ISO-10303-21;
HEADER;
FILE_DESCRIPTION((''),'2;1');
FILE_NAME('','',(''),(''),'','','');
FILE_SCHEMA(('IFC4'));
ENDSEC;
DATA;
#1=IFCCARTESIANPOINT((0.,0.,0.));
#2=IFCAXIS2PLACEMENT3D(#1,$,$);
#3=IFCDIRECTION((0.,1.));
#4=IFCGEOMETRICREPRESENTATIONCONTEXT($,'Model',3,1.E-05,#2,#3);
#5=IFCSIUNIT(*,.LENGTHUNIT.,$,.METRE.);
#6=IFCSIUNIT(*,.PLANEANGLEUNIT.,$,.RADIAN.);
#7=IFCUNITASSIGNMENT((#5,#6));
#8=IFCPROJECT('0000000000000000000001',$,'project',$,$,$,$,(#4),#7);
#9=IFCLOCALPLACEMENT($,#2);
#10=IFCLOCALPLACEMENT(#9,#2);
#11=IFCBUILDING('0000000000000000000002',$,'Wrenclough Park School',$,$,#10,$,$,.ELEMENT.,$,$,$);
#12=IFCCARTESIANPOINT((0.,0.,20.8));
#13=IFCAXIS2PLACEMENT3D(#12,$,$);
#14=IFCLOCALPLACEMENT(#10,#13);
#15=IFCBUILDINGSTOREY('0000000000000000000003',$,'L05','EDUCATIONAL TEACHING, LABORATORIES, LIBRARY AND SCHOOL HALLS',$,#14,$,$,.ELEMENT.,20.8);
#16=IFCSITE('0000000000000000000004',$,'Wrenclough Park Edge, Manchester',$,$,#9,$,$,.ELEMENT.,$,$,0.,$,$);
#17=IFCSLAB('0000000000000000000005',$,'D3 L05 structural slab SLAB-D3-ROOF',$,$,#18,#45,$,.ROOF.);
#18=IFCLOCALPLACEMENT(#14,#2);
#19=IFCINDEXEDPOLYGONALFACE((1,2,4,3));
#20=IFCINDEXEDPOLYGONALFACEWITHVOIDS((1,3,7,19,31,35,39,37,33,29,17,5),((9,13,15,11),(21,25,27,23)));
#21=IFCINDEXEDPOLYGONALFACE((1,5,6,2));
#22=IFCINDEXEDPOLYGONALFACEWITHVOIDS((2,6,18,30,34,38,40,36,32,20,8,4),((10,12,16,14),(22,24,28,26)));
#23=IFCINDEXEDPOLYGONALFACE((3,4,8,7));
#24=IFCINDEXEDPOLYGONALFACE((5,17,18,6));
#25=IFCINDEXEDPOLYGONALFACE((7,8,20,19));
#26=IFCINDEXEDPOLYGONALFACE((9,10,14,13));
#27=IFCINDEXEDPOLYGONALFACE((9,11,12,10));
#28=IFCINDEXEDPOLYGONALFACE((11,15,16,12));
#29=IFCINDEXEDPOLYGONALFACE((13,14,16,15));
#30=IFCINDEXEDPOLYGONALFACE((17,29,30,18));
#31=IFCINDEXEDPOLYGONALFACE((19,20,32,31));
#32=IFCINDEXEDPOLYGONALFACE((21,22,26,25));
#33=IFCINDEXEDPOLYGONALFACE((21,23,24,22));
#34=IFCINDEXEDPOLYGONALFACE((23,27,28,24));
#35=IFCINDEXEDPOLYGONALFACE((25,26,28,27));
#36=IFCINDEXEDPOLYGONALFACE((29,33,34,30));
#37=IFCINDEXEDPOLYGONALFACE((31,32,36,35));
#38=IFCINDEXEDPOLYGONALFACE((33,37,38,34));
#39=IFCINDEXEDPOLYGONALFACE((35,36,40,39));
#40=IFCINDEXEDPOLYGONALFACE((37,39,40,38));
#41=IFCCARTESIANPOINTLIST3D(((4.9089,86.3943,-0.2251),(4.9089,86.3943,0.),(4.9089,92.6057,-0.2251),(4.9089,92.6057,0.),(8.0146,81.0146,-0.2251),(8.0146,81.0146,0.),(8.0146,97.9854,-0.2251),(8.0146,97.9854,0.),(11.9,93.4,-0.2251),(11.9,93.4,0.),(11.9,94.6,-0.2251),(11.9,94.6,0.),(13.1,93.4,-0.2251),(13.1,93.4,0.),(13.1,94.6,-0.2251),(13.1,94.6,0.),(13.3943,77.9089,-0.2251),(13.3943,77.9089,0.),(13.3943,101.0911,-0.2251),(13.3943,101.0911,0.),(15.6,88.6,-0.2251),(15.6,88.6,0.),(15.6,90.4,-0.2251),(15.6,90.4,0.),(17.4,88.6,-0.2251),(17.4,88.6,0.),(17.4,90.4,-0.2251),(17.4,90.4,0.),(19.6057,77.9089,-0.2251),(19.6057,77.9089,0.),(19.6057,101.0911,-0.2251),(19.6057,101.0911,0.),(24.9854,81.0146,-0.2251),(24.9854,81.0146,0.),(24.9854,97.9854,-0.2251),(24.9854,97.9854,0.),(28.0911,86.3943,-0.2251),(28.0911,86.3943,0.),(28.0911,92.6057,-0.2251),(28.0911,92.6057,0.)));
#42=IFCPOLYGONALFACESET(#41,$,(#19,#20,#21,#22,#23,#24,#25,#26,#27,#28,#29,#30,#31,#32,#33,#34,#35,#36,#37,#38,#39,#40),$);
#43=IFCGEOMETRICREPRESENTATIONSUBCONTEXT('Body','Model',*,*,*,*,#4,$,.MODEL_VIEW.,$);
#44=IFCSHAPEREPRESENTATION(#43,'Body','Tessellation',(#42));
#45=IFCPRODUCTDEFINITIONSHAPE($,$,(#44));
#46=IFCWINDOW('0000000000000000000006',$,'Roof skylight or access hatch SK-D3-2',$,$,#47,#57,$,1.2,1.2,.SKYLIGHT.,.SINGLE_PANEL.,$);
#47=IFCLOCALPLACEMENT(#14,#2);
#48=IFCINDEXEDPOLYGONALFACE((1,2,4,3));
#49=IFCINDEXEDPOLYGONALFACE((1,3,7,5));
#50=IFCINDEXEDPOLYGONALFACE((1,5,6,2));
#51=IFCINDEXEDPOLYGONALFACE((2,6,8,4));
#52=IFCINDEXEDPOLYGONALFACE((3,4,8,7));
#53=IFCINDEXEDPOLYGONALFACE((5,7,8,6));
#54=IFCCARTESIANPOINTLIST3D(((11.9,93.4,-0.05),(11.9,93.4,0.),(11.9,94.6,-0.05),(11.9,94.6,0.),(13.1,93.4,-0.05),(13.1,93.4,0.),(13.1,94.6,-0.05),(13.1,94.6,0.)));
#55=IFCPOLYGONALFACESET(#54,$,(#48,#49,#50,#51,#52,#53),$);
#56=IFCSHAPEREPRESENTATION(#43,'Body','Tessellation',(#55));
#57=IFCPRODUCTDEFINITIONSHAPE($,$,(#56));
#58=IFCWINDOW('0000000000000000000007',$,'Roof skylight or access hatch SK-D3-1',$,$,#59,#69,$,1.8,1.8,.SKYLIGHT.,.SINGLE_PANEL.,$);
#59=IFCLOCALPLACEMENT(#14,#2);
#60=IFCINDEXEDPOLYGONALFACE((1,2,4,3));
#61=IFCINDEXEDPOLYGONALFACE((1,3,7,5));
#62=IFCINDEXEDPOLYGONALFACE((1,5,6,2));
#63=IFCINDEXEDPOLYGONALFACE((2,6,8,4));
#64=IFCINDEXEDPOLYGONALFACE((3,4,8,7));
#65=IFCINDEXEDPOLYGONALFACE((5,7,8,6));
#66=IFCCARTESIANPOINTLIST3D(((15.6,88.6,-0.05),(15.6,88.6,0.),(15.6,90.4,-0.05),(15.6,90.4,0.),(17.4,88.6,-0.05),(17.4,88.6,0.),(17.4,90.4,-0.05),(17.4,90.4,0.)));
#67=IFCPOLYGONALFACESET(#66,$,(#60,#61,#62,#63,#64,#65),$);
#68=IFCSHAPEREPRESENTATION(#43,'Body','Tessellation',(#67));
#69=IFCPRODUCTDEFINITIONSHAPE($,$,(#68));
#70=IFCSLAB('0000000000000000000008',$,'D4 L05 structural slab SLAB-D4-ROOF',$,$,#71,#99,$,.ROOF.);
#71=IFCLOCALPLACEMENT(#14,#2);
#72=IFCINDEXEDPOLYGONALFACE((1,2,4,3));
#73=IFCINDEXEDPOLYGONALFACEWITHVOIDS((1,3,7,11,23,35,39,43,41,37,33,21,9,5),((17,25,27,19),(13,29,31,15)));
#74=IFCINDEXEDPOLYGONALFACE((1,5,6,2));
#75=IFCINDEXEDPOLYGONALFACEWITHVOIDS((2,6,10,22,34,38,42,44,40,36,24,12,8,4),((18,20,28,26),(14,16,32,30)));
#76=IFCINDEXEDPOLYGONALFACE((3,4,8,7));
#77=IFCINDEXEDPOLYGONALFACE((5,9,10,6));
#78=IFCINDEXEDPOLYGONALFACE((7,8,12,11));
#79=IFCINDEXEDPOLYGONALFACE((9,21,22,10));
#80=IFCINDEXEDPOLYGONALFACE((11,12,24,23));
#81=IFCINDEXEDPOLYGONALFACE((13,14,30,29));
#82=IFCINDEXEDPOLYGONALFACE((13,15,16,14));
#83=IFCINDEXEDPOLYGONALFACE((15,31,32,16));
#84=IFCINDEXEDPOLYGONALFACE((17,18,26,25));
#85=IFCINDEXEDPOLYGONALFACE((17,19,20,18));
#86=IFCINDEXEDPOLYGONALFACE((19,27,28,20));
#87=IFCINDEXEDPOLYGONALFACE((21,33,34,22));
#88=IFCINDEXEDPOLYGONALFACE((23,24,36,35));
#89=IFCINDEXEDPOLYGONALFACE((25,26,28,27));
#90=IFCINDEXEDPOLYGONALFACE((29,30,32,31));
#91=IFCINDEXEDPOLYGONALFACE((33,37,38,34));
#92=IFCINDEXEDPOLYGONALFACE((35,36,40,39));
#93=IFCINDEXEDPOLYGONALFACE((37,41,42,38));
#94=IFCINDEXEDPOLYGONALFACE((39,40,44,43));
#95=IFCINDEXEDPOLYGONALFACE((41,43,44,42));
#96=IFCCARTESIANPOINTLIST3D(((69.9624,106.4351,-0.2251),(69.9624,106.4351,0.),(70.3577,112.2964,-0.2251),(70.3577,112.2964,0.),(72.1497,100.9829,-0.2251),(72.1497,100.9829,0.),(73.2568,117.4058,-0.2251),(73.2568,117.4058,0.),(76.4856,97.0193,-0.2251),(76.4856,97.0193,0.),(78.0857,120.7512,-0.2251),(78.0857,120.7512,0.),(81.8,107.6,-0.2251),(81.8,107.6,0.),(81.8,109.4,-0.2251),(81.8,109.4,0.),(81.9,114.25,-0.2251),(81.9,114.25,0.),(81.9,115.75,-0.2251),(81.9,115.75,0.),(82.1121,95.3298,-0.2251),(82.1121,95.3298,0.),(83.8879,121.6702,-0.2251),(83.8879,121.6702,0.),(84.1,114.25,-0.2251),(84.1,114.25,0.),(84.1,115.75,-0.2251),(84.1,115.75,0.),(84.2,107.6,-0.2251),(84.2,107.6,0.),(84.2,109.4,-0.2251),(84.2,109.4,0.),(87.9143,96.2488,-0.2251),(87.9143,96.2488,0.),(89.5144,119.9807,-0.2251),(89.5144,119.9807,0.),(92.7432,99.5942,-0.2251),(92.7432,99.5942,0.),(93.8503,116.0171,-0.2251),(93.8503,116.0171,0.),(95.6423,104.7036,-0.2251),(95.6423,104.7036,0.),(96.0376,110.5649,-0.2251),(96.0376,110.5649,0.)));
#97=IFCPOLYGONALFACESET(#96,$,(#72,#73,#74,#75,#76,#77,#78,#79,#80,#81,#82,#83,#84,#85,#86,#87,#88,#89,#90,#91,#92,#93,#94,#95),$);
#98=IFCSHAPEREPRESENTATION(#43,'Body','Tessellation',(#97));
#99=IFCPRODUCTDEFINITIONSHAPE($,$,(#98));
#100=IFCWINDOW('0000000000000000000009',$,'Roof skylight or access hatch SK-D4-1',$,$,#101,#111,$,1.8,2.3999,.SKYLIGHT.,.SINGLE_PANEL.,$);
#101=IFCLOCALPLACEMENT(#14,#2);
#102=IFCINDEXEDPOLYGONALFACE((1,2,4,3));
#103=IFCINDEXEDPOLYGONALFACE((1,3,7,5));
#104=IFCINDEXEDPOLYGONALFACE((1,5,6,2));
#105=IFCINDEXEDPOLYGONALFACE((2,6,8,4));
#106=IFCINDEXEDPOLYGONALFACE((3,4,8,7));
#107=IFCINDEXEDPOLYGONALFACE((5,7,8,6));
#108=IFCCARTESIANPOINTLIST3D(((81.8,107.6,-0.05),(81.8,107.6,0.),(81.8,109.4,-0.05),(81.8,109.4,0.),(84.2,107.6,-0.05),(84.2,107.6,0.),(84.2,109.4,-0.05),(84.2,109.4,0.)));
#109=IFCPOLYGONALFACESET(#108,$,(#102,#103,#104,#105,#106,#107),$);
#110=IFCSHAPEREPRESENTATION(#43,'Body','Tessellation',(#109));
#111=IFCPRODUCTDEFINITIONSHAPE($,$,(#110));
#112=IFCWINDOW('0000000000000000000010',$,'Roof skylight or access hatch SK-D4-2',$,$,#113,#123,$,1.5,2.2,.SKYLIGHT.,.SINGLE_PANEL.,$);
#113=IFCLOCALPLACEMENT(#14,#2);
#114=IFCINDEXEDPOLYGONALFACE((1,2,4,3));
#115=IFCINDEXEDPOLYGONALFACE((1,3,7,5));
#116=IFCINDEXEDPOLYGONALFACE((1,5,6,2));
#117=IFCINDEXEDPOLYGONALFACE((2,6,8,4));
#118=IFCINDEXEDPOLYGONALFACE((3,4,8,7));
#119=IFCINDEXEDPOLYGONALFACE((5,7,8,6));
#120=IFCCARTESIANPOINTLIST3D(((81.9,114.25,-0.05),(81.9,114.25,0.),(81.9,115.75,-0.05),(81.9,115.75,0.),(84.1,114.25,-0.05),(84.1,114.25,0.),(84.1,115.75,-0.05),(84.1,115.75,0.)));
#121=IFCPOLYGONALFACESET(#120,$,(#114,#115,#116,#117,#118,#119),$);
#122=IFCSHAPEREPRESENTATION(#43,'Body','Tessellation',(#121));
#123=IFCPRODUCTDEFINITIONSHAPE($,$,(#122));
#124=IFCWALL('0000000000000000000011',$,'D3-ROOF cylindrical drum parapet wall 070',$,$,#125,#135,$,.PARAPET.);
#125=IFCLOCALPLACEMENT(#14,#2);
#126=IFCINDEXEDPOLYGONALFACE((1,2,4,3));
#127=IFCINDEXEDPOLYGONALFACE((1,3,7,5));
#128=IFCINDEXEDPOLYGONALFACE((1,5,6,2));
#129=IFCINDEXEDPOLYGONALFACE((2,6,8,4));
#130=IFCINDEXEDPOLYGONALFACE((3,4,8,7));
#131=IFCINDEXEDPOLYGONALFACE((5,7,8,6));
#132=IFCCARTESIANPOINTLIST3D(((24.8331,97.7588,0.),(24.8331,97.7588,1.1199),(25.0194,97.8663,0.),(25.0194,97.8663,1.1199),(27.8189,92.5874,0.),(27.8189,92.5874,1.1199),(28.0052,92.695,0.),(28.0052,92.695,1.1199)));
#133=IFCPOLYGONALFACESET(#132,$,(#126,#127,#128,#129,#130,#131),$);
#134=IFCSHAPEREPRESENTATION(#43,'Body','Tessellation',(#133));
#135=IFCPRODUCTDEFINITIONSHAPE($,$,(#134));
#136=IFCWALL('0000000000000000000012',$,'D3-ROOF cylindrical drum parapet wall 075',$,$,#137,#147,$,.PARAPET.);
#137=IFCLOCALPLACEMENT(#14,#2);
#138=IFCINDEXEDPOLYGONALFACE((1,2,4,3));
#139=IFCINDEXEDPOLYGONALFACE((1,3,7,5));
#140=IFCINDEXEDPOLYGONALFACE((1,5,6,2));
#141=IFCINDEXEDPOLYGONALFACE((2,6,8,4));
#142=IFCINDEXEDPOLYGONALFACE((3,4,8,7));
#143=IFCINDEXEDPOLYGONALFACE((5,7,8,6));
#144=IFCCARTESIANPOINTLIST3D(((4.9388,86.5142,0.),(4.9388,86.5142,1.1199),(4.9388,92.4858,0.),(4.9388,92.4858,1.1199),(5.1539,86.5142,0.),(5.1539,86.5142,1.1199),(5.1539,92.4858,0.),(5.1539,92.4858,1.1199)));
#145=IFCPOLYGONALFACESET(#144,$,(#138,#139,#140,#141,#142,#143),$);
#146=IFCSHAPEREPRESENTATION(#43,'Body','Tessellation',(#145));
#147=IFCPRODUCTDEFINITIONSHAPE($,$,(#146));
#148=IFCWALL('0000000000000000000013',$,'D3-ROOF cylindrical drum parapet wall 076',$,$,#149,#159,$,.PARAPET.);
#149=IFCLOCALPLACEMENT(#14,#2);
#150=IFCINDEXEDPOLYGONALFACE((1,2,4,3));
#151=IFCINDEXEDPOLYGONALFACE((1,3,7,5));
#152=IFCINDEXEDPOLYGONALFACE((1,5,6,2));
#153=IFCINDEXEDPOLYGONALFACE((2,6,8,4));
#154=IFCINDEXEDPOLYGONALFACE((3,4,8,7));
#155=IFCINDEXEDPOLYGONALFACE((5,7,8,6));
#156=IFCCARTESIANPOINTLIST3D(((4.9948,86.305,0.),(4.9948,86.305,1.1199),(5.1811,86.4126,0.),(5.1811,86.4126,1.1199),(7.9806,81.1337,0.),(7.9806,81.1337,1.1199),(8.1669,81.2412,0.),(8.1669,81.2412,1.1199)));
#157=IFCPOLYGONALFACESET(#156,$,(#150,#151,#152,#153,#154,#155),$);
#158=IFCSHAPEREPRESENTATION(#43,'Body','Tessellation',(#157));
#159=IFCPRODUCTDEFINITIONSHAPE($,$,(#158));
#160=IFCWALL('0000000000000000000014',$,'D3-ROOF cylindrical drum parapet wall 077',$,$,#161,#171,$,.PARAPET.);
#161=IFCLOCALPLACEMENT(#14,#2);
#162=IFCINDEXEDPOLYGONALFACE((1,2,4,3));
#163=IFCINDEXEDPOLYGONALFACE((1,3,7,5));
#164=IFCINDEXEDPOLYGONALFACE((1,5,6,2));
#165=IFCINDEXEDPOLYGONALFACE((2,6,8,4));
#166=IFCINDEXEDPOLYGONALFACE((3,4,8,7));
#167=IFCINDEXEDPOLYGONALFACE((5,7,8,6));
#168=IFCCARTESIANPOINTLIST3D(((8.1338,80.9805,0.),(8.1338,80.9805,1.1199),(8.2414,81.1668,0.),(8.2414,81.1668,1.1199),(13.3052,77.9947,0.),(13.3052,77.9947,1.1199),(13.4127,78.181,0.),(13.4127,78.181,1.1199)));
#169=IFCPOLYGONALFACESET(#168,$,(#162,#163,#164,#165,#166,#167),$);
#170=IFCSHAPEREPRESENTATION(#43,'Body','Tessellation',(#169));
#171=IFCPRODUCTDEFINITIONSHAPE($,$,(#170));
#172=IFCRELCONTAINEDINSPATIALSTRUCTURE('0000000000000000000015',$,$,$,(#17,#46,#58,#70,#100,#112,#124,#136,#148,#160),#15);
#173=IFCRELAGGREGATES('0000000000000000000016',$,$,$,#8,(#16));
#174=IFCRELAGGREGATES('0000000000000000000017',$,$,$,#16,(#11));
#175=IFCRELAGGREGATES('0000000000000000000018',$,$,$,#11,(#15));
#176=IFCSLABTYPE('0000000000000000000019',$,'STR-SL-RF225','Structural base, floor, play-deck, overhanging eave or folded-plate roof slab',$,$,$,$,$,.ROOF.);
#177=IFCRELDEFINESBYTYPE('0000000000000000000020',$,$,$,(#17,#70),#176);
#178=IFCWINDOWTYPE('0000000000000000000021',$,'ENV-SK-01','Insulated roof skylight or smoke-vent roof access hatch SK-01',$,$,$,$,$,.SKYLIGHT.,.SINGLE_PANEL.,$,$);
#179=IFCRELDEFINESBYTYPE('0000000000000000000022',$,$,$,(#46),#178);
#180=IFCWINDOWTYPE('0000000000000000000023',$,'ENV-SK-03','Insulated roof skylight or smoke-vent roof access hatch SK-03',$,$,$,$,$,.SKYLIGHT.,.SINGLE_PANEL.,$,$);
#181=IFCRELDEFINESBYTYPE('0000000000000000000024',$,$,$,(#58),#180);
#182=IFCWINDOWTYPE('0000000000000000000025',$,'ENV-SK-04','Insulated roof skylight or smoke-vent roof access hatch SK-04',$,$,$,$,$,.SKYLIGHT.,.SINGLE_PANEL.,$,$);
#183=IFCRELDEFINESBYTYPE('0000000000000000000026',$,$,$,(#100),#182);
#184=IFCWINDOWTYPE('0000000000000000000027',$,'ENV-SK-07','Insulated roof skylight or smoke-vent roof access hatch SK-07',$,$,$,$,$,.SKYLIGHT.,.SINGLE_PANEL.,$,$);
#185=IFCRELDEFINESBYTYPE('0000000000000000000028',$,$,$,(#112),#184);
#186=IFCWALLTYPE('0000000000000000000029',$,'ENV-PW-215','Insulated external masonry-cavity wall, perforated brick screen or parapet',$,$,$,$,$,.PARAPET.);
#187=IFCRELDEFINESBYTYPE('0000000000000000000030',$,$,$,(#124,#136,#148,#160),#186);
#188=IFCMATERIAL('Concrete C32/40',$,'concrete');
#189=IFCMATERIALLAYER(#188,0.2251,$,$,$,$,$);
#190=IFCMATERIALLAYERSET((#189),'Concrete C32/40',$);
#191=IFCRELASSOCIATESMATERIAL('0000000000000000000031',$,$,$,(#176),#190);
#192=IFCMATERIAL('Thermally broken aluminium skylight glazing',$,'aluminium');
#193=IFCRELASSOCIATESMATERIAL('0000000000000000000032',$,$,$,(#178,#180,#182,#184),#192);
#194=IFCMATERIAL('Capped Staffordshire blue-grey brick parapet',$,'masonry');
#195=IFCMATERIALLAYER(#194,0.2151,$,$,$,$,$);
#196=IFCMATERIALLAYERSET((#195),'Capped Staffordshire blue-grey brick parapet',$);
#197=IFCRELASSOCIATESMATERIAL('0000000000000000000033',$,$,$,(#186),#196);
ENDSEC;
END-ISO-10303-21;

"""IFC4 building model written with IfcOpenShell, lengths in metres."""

from ifc_helpers import new_model, si_unit, direction, frame, frame_2d, origin, origin_2d, place, context, subcontext, project, spatial, polyline, rectangle, outline, extrude, material, layer, layer_set, type_object, element, fill, save


model = new_model("IFC4")

# Units and contexts
model_context = context("Model", 3, precision=1e-05, world=origin(), true_north=direction((0.0, 1.0)))
body_context = subcontext(model_context, "Body", "Model", "MODEL_VIEW")
ifc_project = project(units=[si_unit("LENGTHUNIT", "METRE"), si_unit("PLANEANGLEUNIT", "RADIAN")], contexts=[model_context])

# Site, building, storey
site_placement = place(None, origin())
site = spatial("IfcSite", under=ifc_project, at=site_placement, Name="Wrenclough Park Edge, Manchester", CompositionType="ELEMENT", RefElevation=0.0)
building_placement = place(site_placement, origin())
building = spatial("IfcBuilding", under=site, at=building_placement, Name="Wrenclough Park School", CompositionType="ELEMENT")
storey_placement = place(building_placement, frame((0.0, 0.0, 20.8)))
storey = spatial("IfcBuildingStorey", under=building, at=storey_placement, Name="L05", Description="EDUCATIONAL TEACHING, LABORATORIES, LIBRARY AND SCHOOL HALLS", CompositionType="ELEMENT", Elevation=20.8)

# Shared definitions
ifc_material_1 = material(Name="Concrete C32/40", Category="concrete")

# Slabs, openings, windows
ifc_layer_1 = layer(ifc_material_1, 0.2251)
ifc_layer_set_1 = layer_set([ifc_layer_1], Name="Concrete C32/40")
slab_type_1 = type_object("IfcSlabType", Name="STR-SL-RF225", Description="Structural base, floor, play-deck, overhanging eave or folded-plate roof slab", PredefinedType="ROOF", material=ifc_layer_set_1)
slab_1_placement = place(storey_placement, frame((0.0, 0.0, -0.2251)))
slab_1 = element("IfcSlab", 1, at=slab_1_placement, inside=storey, type_object=slab_type_1, Name="D3 L05 structural slab SLAB-D3-ROOF", PredefinedType="ROOF", context=body_context, shape_type="SweptSolid", body=[
    extrude(outline(polyline([(28.0911, 92.6057), (24.9854, 97.9854), (19.6057, 101.0911), (13.3943, 101.0911), (8.0146, 97.9854), (4.9089, 92.6057), (4.9089, 86.3943), (8.0146, 81.0146), (13.3943, 77.9089), (19.6057, 77.9089), (24.9854, 81.0146), (28.0911, 86.3943), (28.0911, 92.6057)])), origin(), (0.0, 0.0, 1.0), 0.2251),
])
opening_1_placement = place(slab_1_placement, frame((16.5, 89.5, -0.01)))
opening_1 = element("IfcOpeningElement", 2, at=opening_1_placement, cuts=slab_1, PredefinedType="OPENING", context=body_context, shape_type="SweptSolid", body=[
    extrude(rectangle(XDim=1.8, YDim=1.8, at=origin_2d()), origin(), (0.0, 0.0, 1.0), 0.2451),
])
opening_2_placement = place(slab_1_placement, frame((12.5, 94.0, -0.01)))
opening_2 = element("IfcOpeningElement", 3, at=opening_2_placement, cuts=slab_1, PredefinedType="OPENING", context=body_context, shape_type="SweptSolid", body=[
    extrude(rectangle(XDim=1.2, YDim=1.2, at=origin_2d()), origin(), (0.0, 0.0, 1.0), 0.2451),
])
ifc_material_2 = material(Name="Thermally broken aluminium skylight glazing", Category="aluminium")
window_type_1 = type_object("IfcWindowType", Name="ENV-SK-01", Description="Insulated roof skylight or smoke-vent roof access hatch SK-01", PartitioningType="SINGLE_PANEL", PredefinedType="SKYLIGHT", material=ifc_material_2)
placement_1 = place(slab_1_placement, frame((12.5, 94.0, 0.0)))
window_1_placement = place(placement_1, frame((0.0, 0.0, 0.175)))
window_1 = element("IfcWindow", 4, at=window_1_placement, inside=storey, type_object=window_type_1, Name="Roof skylight or access hatch SK-D3-2", OverallHeight=1.2, OverallWidth=1.2, PartitioningType="SINGLE_PANEL", PredefinedType="SKYLIGHT", context=body_context, shape_type="SweptSolid", body=[
    extrude(rectangle(XDim=1.2, YDim=1.2, at=origin_2d()), origin(), (0.0, 0.0, 1.0), 0.05),
])
fill(opening_2, window_1)
window_type_2 = type_object("IfcWindowType", Name="ENV-SK-03", Description="Insulated roof skylight or smoke-vent roof access hatch SK-03", PartitioningType="SINGLE_PANEL", PredefinedType="SKYLIGHT", material=ifc_material_2)
placement_2 = place(slab_1_placement, frame((16.5, 89.5, 0.0)))
window_2_placement = place(placement_2, frame((0.0, 0.0, 0.175)))
window_2 = element("IfcWindow", 5, at=window_2_placement, inside=storey, type_object=window_type_2, Name="Roof skylight or access hatch SK-D3-1", OverallHeight=1.8, OverallWidth=1.8, PartitioningType="SINGLE_PANEL", PredefinedType="SKYLIGHT", context=body_context, shape_type="SweptSolid", body=[
    extrude(rectangle(XDim=1.8, YDim=1.8, at=origin_2d()), origin(), (0.0, 0.0, 1.0), 0.05),
])
fill(opening_1, window_2)
slab_2_placement = place(storey_placement, frame((0.0, 0.0, -0.2251)))
slab_2 = element("IfcSlab", 6, at=slab_2_placement, inside=storey, type_object=slab_type_1, Name="D4 L05 structural slab SLAB-D4-ROOF", PredefinedType="ROOF", context=body_context, shape_type="SweptSolid", body=[
    extrude(outline(polyline([(96.0376, 110.5649), (93.8503, 116.0171), (89.5144, 119.9807), (83.8879, 121.6702), (78.0857, 120.7512), (73.2568, 117.4058), (70.3577, 112.2964), (69.9624, 106.4351), (72.1497, 100.9829), (76.4856, 97.0193), (82.1121, 95.3298), (87.9143, 96.2488), (92.7432, 99.5942), (95.6423, 104.7036), (96.0376, 110.5649)])), origin(), (0.0, 0.0, 1.0), 0.2251),
])
opening_3_placement = place(slab_2_placement, frame((83.0, 108.5, -0.01)))
opening_3 = element("IfcOpeningElement", 7, at=opening_3_placement, cuts=slab_2, PredefinedType="OPENING", context=body_context, shape_type="SweptSolid", body=[
    extrude(rectangle(XDim=2.3999, YDim=1.8, at=origin_2d()), origin(), (0.0, 0.0, 1.0), 0.2451),
])
opening_4_placement = place(slab_2_placement, frame((83.0, 115.0, -0.01)))
opening_4 = element("IfcOpeningElement", 8, at=opening_4_placement, cuts=slab_2, PredefinedType="OPENING", context=body_context, shape_type="SweptSolid", body=[
    extrude(rectangle(XDim=2.2, YDim=1.5, at=origin_2d()), origin(), (0.0, 0.0, 1.0), 0.2451),
])
window_type_3 = type_object("IfcWindowType", Name="ENV-SK-04", Description="Insulated roof skylight or smoke-vent roof access hatch SK-04", PartitioningType="SINGLE_PANEL", PredefinedType="SKYLIGHT", material=ifc_material_2)
placement_3 = place(slab_2_placement, frame((83.0, 108.5, 0.0)))
window_3_placement = place(placement_3, frame((0.0, 0.0, 0.175)))
window_3 = element("IfcWindow", 9, at=window_3_placement, inside=storey, type_object=window_type_3, Name="Roof skylight or access hatch SK-D4-1", OverallHeight=1.8, OverallWidth=2.3999, PartitioningType="SINGLE_PANEL", PredefinedType="SKYLIGHT", context=body_context, shape_type="SweptSolid", body=[
    extrude(rectangle(XDim=2.3999, YDim=1.8, at=origin_2d()), origin(), (0.0, 0.0, 1.0), 0.05),
])
fill(opening_3, window_3)
window_type_4 = type_object("IfcWindowType", Name="ENV-SK-07", Description="Insulated roof skylight or smoke-vent roof access hatch SK-07", PartitioningType="SINGLE_PANEL", PredefinedType="SKYLIGHT", material=ifc_material_2)
placement_4 = place(slab_2_placement, frame((83.0, 115.0, 0.0)))
window_4_placement = place(placement_4, frame((0.0, 0.0, 0.175)))
window_4 = element("IfcWindow", 10, at=window_4_placement, inside=storey, type_object=window_type_4, Name="Roof skylight or access hatch SK-D4-2", OverallHeight=1.5, OverallWidth=2.2, PartitioningType="SINGLE_PANEL", PredefinedType="SKYLIGHT", context=body_context, shape_type="SweptSolid", body=[
    extrude(rectangle(XDim=2.2, YDim=1.5, at=origin_2d()), origin(), (0.0, 0.0, 1.0), 0.05),
])
fill(opening_4, window_4)

# Walls
ifc_material_3 = material(Name="Capped Staffordshire blue-grey brick parapet", Category="masonry")
ifc_layer_2 = layer(ifc_material_3, 0.2151)
ifc_layer_set_2 = layer_set([ifc_layer_2], Name="Capped Staffordshire blue-grey brick parapet")
wall_type = type_object("IfcWallType", Name="ENV-PW-215", Description="Insulated external masonry-cavity wall, perforated brick screen or parapet", PredefinedType="PARAPET", material=ifc_layer_set_2)
wall_1_placement = place(storey_placement, frame((27.9121, 92.6411, 0.0), z_axis=(0.0, 0.0, 1.0), x_axis=(-0.500017, 0.866015, 0.0)))
element("IfcWall", 11, at=wall_1_placement, inside=storey, type_object=wall_type, Name="D3-ROOF cylindrical drum parapet wall 070", PredefinedType="PARAPET", context=body_context, shape_type="SweptSolid", body=[
    extrude(rectangle(XDim=5.9714, YDim=0.2151, at=frame_2d((2.9858, 0.0))), origin(), (0.0, 0.0, 1.0), 1.1199),
])
wall_2_placement = place(storey_placement, frame((5.0464, 92.4858, 0.0), z_axis=(0.0, 0.0, 1.0), x_axis=(0.0, -1.0, 0.0)))
element("IfcWall", 12, at=wall_2_placement, inside=storey, type_object=wall_type, Name="D3-ROOF cylindrical drum parapet wall 075", PredefinedType="PARAPET", context=body_context, shape_type="SweptSolid", body=[
    extrude(rectangle(XDim=5.9717, YDim=0.2151, at=frame_2d((2.9858, 0.0))), origin(), (0.0, 0.0, 1.0), 1.1199),
])
for number, where, z_axis, x_axis, name in (
    (13, (5.0879, 86.3589, 0.0), (0.0, 0.0, 1.0), (0.500017, -0.866015, 0.0), "D3-ROOF cylindrical drum parapet wall 076"),
    (14, (8.1875, 81.0737, 0.0), (0.0, 0.0, 1.0), (0.866015, -0.500017, 0.0), "D3-ROOF cylindrical drum parapet wall 077"),
):
    element("IfcWall", number, at=place(storey_placement, frame(where, z_axis=z_axis, x_axis=x_axis)), inside=storey, type_object=wall_type, Name=name, PredefinedType="PARAPET", context=body_context, shape_type="SweptSolid", body=[
        extrude(rectangle(XDim=5.9714, YDim=0.2151, at=frame_2d((2.9858, 0.0))), origin(), (0.0, 0.0, 1.0), 1.1199),
    ])

save(model, "model.ifc")
